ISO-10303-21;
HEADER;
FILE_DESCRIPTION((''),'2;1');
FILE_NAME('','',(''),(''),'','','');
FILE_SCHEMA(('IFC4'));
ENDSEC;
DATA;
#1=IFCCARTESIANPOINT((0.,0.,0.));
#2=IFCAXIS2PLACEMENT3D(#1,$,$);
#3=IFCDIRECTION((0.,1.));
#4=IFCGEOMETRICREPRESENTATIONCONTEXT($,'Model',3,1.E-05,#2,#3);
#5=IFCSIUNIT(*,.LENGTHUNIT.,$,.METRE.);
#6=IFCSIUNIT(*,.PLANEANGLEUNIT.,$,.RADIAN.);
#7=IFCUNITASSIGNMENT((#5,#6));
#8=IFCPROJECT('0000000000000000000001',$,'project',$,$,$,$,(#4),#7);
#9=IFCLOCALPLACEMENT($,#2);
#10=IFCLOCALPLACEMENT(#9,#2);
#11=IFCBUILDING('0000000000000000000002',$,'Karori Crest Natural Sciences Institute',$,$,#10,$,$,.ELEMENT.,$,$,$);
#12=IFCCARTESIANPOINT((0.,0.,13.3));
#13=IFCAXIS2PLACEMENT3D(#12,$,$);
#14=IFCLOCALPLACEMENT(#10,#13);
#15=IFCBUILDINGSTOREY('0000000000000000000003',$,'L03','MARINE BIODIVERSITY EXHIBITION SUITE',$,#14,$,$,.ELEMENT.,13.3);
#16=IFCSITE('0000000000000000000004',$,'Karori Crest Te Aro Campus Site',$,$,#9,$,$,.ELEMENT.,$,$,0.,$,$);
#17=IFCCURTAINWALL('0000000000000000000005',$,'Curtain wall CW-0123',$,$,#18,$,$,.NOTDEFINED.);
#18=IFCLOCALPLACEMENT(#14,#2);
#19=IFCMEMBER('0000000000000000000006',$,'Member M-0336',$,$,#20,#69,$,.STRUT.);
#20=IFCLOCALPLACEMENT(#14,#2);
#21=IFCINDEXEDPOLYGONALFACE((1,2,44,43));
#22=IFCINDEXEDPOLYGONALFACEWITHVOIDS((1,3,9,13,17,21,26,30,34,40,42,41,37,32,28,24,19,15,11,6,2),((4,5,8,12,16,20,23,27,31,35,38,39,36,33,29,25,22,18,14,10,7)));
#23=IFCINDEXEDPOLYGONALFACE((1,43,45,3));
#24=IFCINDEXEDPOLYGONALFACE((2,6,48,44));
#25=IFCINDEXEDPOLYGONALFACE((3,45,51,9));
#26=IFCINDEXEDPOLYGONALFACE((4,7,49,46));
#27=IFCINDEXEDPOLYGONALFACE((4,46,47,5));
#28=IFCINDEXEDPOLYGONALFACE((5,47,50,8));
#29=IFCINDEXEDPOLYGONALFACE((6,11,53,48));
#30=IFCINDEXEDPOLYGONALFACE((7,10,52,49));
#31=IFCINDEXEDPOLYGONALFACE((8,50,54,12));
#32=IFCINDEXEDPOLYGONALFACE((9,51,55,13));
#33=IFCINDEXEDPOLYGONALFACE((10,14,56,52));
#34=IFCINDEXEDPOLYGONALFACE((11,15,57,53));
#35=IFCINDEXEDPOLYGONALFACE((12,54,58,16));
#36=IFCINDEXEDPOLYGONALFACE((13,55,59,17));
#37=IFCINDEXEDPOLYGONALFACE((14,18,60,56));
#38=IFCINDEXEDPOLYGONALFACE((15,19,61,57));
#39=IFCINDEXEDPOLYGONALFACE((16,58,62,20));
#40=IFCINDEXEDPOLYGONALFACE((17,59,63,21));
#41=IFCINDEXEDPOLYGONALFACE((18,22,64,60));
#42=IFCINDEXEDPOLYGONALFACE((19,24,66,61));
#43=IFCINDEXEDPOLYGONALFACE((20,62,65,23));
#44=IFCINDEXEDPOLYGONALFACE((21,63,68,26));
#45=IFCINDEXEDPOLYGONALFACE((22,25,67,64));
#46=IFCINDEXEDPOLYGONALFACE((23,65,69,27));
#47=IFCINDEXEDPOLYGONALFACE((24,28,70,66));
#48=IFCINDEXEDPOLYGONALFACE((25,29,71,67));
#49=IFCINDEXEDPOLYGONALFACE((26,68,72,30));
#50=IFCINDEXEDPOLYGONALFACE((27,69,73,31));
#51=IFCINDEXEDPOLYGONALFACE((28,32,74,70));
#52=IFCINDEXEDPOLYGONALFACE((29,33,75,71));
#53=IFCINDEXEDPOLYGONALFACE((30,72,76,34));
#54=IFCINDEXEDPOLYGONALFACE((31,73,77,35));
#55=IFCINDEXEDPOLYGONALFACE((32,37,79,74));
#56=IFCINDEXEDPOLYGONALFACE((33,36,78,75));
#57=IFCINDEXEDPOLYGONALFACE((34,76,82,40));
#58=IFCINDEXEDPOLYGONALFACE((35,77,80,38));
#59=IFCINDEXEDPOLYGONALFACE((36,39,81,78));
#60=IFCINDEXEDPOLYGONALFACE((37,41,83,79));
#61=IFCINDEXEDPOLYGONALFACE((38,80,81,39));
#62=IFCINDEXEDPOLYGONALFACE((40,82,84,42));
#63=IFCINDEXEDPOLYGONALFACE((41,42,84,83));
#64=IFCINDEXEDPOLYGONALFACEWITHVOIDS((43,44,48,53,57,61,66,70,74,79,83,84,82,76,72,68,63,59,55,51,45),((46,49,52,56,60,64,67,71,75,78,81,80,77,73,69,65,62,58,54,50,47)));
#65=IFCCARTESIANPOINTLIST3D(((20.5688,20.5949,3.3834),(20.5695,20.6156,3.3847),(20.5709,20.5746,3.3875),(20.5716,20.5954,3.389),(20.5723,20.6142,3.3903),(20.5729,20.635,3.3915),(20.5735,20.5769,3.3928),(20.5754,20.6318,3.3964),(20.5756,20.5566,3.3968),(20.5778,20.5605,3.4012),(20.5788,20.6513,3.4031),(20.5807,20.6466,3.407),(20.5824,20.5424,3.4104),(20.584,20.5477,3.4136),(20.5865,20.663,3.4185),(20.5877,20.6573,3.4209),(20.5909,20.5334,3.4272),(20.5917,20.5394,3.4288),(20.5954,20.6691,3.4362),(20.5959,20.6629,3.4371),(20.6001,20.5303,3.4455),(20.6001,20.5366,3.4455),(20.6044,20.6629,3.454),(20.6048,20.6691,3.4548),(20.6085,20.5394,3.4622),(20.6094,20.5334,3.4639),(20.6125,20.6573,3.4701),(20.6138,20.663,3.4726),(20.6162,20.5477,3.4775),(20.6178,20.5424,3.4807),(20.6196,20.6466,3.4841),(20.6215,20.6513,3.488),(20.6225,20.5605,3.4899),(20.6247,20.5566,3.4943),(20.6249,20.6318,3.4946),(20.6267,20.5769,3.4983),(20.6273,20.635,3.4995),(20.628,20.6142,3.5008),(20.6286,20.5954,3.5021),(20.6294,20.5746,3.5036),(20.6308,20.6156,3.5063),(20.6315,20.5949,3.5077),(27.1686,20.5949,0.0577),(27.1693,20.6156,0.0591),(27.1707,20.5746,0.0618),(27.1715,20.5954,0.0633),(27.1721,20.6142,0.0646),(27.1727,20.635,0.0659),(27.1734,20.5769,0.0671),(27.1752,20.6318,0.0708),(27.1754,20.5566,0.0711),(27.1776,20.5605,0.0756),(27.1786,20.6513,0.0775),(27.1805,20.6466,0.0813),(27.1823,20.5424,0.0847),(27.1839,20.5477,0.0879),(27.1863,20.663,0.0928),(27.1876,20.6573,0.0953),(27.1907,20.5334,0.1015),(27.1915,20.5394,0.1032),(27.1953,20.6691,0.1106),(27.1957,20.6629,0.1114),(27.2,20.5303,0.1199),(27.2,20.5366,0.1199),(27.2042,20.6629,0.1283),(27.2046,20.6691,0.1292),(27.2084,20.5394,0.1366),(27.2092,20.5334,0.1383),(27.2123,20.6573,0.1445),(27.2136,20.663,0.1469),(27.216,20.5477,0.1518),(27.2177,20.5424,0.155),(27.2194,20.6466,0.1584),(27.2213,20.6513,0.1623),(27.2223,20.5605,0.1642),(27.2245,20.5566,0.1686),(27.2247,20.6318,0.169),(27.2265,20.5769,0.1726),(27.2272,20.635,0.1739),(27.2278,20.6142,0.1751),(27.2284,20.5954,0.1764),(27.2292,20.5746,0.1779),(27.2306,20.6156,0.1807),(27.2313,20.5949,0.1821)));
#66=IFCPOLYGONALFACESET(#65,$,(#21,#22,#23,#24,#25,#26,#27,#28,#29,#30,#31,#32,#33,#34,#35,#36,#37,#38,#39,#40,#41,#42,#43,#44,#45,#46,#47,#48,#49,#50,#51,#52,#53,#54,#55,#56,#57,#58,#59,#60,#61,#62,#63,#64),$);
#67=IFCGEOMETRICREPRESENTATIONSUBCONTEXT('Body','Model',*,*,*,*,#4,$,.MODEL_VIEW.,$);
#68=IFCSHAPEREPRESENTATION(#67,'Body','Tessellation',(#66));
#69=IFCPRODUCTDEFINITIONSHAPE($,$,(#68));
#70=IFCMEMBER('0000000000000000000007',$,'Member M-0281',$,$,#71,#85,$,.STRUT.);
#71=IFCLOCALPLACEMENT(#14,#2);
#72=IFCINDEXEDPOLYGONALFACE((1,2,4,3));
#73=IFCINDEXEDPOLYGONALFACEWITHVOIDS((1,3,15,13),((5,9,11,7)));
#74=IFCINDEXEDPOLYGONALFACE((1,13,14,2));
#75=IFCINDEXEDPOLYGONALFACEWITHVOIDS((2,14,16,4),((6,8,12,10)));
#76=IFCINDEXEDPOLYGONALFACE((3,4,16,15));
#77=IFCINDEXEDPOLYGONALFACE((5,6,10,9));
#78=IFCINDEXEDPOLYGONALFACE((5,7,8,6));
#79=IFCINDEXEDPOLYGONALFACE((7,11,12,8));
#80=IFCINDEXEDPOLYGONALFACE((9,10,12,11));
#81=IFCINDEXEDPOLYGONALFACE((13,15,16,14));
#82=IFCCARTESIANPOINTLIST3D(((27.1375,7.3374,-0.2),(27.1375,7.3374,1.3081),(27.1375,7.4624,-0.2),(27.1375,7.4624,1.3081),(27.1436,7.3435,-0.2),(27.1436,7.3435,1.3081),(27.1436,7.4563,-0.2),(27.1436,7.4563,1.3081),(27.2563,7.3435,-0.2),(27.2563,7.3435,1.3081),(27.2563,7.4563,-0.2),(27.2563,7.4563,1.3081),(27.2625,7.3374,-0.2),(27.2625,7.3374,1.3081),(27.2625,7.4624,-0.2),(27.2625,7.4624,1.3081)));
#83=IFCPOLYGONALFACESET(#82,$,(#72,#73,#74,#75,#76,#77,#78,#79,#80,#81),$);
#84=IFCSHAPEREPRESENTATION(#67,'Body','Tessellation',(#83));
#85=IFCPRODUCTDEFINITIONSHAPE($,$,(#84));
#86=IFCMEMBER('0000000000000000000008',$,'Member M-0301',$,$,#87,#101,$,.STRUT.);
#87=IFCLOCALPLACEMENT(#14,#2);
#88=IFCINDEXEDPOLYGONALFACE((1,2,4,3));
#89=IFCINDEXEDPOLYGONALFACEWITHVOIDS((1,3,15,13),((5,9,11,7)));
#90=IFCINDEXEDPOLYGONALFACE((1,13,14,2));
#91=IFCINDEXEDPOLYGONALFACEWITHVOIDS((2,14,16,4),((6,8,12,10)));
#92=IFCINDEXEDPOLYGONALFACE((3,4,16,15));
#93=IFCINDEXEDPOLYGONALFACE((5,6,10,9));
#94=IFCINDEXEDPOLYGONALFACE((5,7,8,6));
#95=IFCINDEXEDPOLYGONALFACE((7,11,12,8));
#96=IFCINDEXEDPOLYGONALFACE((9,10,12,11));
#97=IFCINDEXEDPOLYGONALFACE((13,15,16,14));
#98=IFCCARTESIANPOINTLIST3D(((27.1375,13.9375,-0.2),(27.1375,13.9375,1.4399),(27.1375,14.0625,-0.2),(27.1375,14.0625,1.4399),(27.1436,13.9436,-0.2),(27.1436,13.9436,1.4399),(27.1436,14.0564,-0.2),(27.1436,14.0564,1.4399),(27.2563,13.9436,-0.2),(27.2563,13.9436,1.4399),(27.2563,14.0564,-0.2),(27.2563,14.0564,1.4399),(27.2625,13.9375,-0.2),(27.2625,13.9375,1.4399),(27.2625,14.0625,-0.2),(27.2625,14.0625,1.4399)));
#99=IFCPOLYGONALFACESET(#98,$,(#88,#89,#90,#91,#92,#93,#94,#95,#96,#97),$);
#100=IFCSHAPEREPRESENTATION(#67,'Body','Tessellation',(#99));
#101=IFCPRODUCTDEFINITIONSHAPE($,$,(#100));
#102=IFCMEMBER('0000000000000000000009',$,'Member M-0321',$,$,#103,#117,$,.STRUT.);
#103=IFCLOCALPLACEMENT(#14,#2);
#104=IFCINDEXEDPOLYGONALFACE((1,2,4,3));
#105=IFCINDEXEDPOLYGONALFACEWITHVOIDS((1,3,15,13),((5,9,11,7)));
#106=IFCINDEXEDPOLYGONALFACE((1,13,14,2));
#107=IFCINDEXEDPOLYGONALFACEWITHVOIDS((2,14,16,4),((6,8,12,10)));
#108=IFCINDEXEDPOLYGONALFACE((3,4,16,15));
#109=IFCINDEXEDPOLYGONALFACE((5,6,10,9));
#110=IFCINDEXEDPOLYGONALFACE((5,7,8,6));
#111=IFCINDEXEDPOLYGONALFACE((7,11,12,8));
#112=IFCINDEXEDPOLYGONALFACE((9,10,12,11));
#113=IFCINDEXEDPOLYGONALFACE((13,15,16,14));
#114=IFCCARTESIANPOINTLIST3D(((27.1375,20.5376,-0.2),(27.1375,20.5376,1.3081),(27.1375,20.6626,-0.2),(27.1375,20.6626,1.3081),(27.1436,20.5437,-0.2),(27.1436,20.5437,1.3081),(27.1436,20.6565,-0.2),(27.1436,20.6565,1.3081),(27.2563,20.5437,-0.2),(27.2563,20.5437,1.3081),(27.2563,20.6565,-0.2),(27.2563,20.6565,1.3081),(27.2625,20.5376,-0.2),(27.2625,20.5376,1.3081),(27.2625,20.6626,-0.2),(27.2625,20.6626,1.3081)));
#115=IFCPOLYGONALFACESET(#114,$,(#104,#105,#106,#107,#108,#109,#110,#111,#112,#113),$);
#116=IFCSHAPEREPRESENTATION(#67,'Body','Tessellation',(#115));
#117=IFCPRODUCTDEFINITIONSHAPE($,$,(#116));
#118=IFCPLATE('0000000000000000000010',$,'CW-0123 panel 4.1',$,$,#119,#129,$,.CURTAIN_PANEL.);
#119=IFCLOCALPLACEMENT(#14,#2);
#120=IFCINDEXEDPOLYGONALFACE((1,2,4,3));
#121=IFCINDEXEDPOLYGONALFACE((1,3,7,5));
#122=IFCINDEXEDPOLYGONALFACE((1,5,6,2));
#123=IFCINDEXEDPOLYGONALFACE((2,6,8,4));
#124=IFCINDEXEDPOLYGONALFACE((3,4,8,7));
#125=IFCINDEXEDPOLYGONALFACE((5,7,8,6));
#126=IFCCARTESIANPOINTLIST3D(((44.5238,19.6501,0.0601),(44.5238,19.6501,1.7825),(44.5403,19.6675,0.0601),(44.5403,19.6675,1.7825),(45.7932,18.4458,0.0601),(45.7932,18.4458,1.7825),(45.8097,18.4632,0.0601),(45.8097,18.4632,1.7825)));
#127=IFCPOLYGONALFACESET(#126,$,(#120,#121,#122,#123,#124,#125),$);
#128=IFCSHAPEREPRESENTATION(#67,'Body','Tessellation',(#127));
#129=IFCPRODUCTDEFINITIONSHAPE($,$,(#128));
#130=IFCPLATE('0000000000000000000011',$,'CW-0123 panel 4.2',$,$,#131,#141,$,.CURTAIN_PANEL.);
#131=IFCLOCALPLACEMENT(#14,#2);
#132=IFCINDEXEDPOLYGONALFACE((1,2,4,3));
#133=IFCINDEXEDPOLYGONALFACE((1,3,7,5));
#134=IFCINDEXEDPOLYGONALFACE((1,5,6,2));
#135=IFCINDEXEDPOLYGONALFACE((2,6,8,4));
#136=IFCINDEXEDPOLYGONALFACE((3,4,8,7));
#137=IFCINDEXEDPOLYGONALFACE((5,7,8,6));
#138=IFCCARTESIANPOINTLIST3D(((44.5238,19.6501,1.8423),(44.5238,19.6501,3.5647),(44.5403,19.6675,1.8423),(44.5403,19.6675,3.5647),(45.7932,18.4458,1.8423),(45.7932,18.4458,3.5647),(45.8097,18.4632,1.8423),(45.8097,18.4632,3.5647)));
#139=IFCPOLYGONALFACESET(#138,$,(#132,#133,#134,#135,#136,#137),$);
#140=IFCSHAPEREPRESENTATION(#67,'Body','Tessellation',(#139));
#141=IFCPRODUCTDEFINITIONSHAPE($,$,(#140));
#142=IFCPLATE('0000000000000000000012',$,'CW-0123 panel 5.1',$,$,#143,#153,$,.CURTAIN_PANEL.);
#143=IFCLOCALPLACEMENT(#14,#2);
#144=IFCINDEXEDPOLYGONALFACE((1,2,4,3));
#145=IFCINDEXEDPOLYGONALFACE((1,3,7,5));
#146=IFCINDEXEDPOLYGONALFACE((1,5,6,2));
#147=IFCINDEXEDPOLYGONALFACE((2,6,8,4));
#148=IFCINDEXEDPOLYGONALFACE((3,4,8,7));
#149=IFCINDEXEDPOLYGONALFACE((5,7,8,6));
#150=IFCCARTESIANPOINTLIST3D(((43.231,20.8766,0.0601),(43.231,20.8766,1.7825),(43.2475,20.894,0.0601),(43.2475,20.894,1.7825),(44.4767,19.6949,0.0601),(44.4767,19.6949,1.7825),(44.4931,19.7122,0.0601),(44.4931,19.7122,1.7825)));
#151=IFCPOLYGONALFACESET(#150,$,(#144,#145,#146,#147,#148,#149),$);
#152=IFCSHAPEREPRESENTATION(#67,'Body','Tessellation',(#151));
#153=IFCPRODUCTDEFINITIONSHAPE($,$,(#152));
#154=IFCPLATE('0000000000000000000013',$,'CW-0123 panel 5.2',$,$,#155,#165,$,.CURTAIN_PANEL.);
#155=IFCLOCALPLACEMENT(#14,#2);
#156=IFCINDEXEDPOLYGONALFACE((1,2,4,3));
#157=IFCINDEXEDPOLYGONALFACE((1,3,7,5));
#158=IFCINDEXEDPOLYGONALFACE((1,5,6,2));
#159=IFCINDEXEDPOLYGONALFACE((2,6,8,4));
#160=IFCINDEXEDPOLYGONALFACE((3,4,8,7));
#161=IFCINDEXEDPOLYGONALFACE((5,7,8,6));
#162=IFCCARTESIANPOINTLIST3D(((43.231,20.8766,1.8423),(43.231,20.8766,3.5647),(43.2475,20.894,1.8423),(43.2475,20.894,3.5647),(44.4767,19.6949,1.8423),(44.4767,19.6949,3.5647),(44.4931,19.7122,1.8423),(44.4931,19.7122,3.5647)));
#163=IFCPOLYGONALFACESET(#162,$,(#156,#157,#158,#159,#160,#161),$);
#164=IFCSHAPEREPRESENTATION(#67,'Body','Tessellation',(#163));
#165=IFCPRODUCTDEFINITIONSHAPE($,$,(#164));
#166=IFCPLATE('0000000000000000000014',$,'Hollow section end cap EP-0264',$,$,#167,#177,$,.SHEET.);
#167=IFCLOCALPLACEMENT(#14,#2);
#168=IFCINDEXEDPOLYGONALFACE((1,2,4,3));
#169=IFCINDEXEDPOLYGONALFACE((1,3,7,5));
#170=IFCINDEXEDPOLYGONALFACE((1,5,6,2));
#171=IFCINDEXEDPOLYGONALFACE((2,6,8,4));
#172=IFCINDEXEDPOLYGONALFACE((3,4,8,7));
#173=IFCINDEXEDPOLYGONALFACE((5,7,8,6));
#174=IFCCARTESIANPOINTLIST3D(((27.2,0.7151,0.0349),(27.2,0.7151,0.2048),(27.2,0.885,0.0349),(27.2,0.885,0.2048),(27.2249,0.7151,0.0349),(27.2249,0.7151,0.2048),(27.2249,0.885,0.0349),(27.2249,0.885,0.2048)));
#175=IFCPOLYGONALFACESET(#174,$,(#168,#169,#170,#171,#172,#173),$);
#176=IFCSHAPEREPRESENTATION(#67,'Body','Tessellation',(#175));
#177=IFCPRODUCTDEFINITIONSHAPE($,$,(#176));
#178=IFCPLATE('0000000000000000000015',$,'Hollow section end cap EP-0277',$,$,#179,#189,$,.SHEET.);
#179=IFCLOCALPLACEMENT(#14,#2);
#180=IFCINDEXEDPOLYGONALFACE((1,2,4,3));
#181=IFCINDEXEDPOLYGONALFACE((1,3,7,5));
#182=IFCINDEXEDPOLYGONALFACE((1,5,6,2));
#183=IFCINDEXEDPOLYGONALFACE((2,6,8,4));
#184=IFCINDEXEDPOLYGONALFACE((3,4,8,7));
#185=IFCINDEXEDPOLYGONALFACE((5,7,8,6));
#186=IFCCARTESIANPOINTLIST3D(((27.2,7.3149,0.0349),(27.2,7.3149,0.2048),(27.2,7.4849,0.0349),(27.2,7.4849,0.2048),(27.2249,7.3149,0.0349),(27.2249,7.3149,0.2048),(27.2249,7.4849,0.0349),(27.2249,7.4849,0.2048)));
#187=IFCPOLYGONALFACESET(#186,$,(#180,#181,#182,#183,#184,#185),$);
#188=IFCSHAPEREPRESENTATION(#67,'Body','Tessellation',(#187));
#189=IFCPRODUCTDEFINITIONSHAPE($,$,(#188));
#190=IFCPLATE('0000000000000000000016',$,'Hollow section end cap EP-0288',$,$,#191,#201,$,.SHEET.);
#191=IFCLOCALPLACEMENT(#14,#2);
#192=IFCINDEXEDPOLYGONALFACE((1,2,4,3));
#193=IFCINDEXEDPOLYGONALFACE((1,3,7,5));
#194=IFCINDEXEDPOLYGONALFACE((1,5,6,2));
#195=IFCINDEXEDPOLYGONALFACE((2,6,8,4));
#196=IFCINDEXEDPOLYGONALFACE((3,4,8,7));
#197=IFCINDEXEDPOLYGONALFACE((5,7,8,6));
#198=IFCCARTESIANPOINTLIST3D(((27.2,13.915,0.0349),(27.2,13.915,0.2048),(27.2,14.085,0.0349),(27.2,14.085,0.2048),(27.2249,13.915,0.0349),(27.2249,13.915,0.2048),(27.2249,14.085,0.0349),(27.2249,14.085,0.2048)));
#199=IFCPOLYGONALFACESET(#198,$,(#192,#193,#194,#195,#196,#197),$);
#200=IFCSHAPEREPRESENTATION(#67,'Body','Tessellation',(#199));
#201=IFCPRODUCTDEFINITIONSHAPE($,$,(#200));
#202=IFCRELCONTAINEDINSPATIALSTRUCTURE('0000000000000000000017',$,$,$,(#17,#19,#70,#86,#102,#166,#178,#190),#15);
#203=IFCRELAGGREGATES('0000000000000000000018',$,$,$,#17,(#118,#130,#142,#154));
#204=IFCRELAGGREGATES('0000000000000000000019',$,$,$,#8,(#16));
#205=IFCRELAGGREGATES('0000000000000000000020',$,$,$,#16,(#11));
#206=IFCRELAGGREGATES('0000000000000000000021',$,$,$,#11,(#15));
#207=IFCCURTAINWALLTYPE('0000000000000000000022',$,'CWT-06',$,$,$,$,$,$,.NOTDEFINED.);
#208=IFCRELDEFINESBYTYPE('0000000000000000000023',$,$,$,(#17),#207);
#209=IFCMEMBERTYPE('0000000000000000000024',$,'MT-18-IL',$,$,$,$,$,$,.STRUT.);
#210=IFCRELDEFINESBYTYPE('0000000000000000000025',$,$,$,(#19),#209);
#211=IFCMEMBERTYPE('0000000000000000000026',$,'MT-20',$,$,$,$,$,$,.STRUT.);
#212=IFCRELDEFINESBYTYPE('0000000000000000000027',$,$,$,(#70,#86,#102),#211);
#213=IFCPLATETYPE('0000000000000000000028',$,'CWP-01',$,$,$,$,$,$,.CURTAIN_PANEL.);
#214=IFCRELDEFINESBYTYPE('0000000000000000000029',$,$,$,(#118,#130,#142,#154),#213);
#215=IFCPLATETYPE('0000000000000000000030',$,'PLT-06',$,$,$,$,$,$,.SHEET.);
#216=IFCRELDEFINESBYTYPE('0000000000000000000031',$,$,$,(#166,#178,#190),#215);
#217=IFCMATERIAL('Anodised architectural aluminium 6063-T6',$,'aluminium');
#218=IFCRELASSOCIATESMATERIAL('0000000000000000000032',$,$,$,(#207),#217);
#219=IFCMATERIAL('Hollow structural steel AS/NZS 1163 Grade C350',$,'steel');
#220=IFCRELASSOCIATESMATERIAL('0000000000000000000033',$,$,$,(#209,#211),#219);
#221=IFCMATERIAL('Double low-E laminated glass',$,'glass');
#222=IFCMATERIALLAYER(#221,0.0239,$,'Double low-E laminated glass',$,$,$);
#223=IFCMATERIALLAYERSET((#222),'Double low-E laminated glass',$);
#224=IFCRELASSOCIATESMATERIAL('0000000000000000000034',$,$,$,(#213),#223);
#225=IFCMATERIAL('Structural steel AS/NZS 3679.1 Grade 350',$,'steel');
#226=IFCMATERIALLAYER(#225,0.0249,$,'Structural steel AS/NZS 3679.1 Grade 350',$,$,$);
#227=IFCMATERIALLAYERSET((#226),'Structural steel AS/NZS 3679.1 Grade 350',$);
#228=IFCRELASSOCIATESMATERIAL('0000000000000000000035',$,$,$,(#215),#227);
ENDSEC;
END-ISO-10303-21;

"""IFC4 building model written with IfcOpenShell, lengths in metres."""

from ifc_helpers import new_model, si_unit, direction, frame, origin, origin_2d, place, context, subcontext, project, spatial, rectangle, hollow_rectangle, hollow_circle, extrude, material, layer, layer_set, material_profile, profile_set, type_object, element, aggregate, save


model = new_model("IFC4")

# Units and contexts
model_context = context("Model", 3, precision=1e-05, world=origin(), true_north=direction((0.0, 1.0)))
body_context = subcontext(model_context, "Body", "Model", "MODEL_VIEW")
ifc_project = project(units=[si_unit("LENGTHUNIT", "METRE"), si_unit("PLANEANGLEUNIT", "RADIAN")], contexts=[model_context])

# Site, building, storey
site_placement = place(None, origin())
site = spatial("IfcSite", under=ifc_project, at=site_placement, Name="Karori Crest Te Aro Campus Site", CompositionType="ELEMENT", RefElevation=0.0)
building_placement = place(site_placement, origin())
building = spatial("IfcBuilding", under=site, at=building_placement, Name="Karori Crest Natural Sciences Institute", CompositionType="ELEMENT")
storey_placement = place(building_placement, frame((0.0, 0.0, 13.3)))
storey = spatial("IfcBuildingStorey", under=building, at=storey_placement, Name="L03", Description="MARINE BIODIVERSITY EXHIBITION SUITE", CompositionType="ELEMENT", Elevation=13.3)

# Curtain wall
ifc_material_1 = material(Name="Anodised architectural aluminium 6063-T6", Category="aluminium")
curtain_wall_type = type_object("IfcCurtainWallType", Name="CWT-06", PredefinedType="NOTDEFINED", material=ifc_material_1)
curtain_wall_placement = place(storey_placement, origin())
curtain_wall = element("IfcCurtainWall", 1, at=curtain_wall_placement, inside=storey, type_object=curtain_wall_type, Name="Curtain wall CW-0123", PredefinedType="NOTDEFINED")

# Members
ifc_material_2 = material(Name="Hollow structural steel AS/NZS 1163 Grade C350", Category="steel")
ifc_material_profile_1 = material_profile(ifc_material_2, hollow_circle(Radius=0.0698, WallThickness=0.0063, at=origin_2d()), Name="CHS139.7x6.4")
ifc_profile_set_1 = profile_set([ifc_material_profile_1], Name="Hollow structural steel AS/NZS 1163 Grade C350")
member_type_1 = type_object("IfcMemberType", Name="MT-18-IL", PredefinedType="STRUT", material=ifc_profile_set_1)
member_1_placement = place(storey_placement, frame((27.2, 20.6001, 0.1199), z_axis=(-0.893029, 0.0, 0.45), x_axis=(0.0, -1.0, 0.0)))
element("IfcMember", 2, at=member_1_placement, inside=storey, type_object=member_type_1, Name="Member M-0336", PredefinedType="STRUT", context=body_context, shape_type="SweptSolid", body=[
    extrude(hollow_circle(Radius=0.0698, WallThickness=0.0063, at=origin_2d()), origin(), (0.0, 0.0, 1.0), 7.3904),
])
ifc_material_profile_2 = material_profile(ifc_material_2, hollow_rectangle(XDim=0.125, YDim=0.125, WallThickness=0.0061, at=origin_2d()), Name="SHS125x125x6")
ifc_profile_set_2 = profile_set([ifc_material_profile_2], Name="Hollow structural steel AS/NZS 1163 Grade C350")
member_type_2 = type_object("IfcMemberType", Name="MT-20", PredefinedType="STRUT", material=ifc_profile_set_2)
member_2_placement = place(storey_placement, frame((27.2, 7.3999, -0.2), z_axis=(0.0, 0.0, 1.0), x_axis=(1.0, 0.0, 0.0)))
element("IfcMember", 3, at=member_2_placement, inside=storey, type_object=member_type_2, Name="Member M-0281", PredefinedType="STRUT", context=body_context, shape_type="SweptSolid", body=[
    extrude(hollow_rectangle(XDim=0.125, YDim=0.125, WallThickness=0.0061, at=origin_2d()), origin(), (0.0, 0.0, 1.0), 1.5081),
])
member_3_placement = place(storey_placement, frame((27.2, 14.0, -0.2), z_axis=(0.0, 0.0, 1.0), x_axis=(1.0, 0.0, 0.0)))
element("IfcMember", 4, at=member_3_placement, inside=storey, type_object=member_type_2, Name="Member M-0301", PredefinedType="STRUT", context=body_context, shape_type="SweptSolid", body=[
    extrude(hollow_rectangle(XDim=0.125, YDim=0.125, WallThickness=0.0061, at=origin_2d()), origin(), (0.0, 0.0, 1.0), 1.6399),
])
member_4_placement = place(storey_placement, frame((27.2, 20.6001, -0.2), z_axis=(0.0, 0.0, 1.0), x_axis=(1.0, 0.0, 0.0)))
element("IfcMember", 5, at=member_4_placement, inside=storey, type_object=member_type_2, Name="Member M-0321", PredefinedType="STRUT", context=body_context, shape_type="SweptSolid", body=[
    extrude(hollow_rectangle(XDim=0.125, YDim=0.125, WallThickness=0.0061, at=origin_2d()), origin(), (0.0, 0.0, 1.0), 1.5081),
])

# Plates
ifc_material_3 = material(Name="Double low-E laminated glass", Category="glass")
ifc_layer_1 = layer(ifc_material_3, 0.0239, Name="Double low-E laminated glass")
ifc_layer_set_1 = layer_set([ifc_layer_1], Name="Double low-E laminated glass")
plate_type_1 = type_object("IfcPlateType", Name="CWP-01", PredefinedType="CURTAIN_PANEL", material=ifc_layer_set_1)
plate_1_placement = place(storey_placement, frame((45.1667, 19.0566, 0.0601), z_axis=(0.0, 0.0, 1.0), x_axis=(-0.725471, 0.688252, 0.0)))
plate_1 = element("IfcPlate", 6, at=plate_1_placement, type_object=plate_type_1, Name="CW-0123 panel 4.1", PredefinedType="CURTAIN_PANEL", context=body_context, shape_type="SweptSolid", body=[
    extrude(rectangle(XDim=1.7498, YDim=0.0239, at=origin_2d()), origin(), (0.0, 0.0, 1.0), 1.7224),
])
plate_2_placement = place(storey_placement, frame((45.1667, 19.0566, 1.8423), z_axis=(0.0, 0.0, 1.0), x_axis=(-0.725471, 0.688252, 0.0)))
plate_2 = element("IfcPlate", 7, at=plate_2_placement, type_object=plate_type_1, Name="CW-0123 panel 4.2", PredefinedType="CURTAIN_PANEL", context=body_context, shape_type="SweptSolid", body=[
    extrude(rectangle(XDim=1.7498, YDim=0.0239, at=origin_2d()), origin(), (0.0, 0.0, 1.0), 1.7224),
])
plate_3_placement = place(storey_placement, frame((43.8621, 20.2944, 0.0601), z_axis=(0.0, 0.0, 1.0), x_axis=(-0.725471, 0.688252, 0.0)))
plate_3 = element("IfcPlate", 8, at=plate_3_placement, type_object=plate_type_1, Name="CW-0123 panel 5.1", PredefinedType="CURTAIN_PANEL", context=body_context, shape_type="SweptSolid", body=[
    extrude(rectangle(XDim=1.717, YDim=0.0239, at=origin_2d()), origin(), (0.0, 0.0, 1.0), 1.7224),
])
plate_4_placement = place(storey_placement, frame((43.8621, 20.2944, 1.8423), z_axis=(0.0, 0.0, 1.0), x_axis=(-0.725471, 0.688252, 0.0)))
plate_4 = element("IfcPlate", 9, at=plate_4_placement, type_object=plate_type_1, Name="CW-0123 panel 5.2", PredefinedType="CURTAIN_PANEL", context=body_context, shape_type="SweptSolid", body=[
    extrude(rectangle(XDim=1.717, YDim=0.0239, at=origin_2d()), origin(), (0.0, 0.0, 1.0), 1.7224),
])
aggregate(curtain_wall, [plate_1, plate_2, plate_3, plate_4])

# Plates
ifc_material_4 = material(Name="Structural steel AS/NZS 3679.1 Grade 350", Category="steel")
ifc_layer_2 = layer(ifc_material_4, 0.0249, Name="Structural steel AS/NZS 3679.1 Grade 350")
ifc_layer_set_2 = layer_set([ifc_layer_2], Name="Structural steel AS/NZS 3679.1 Grade 350")
plate_type_2 = type_object("IfcPlateType", Name="PLT-06", PredefinedType="SHEET", material=ifc_layer_set_2)
for number, where, z_axis, x_axis, name in (
    (10, (27.2124, 0.8, 0.0349), (0.0, 0.0, 1.0), (1.0, 0.0, 0.0), "Hollow section end cap EP-0264"),
    (11, (27.2124, 7.3999, 0.0349), (0.0, 0.0, 1.0), (1.0, 0.0, 0.0), "Hollow section end cap EP-0277"),
    (12, (27.2124, 14.0, 0.0349), (0.0, 0.0, 1.0), (1.0, 0.0, 0.0), "Hollow section end cap EP-0288"),
):
    element("IfcPlate", number, at=place(storey_placement, frame(where, z_axis=z_axis, x_axis=x_axis)), inside=storey, type_object=plate_type_2, Name=name, PredefinedType="SHEET", context=body_context, shape_type="SweptSolid", body=[
        extrude(rectangle(XDim=0.0249, YDim=0.1699, at=origin_2d()), origin(), (0.0, 0.0, 1.0), 0.1699),
    ])

save(model, "model.ifc")
